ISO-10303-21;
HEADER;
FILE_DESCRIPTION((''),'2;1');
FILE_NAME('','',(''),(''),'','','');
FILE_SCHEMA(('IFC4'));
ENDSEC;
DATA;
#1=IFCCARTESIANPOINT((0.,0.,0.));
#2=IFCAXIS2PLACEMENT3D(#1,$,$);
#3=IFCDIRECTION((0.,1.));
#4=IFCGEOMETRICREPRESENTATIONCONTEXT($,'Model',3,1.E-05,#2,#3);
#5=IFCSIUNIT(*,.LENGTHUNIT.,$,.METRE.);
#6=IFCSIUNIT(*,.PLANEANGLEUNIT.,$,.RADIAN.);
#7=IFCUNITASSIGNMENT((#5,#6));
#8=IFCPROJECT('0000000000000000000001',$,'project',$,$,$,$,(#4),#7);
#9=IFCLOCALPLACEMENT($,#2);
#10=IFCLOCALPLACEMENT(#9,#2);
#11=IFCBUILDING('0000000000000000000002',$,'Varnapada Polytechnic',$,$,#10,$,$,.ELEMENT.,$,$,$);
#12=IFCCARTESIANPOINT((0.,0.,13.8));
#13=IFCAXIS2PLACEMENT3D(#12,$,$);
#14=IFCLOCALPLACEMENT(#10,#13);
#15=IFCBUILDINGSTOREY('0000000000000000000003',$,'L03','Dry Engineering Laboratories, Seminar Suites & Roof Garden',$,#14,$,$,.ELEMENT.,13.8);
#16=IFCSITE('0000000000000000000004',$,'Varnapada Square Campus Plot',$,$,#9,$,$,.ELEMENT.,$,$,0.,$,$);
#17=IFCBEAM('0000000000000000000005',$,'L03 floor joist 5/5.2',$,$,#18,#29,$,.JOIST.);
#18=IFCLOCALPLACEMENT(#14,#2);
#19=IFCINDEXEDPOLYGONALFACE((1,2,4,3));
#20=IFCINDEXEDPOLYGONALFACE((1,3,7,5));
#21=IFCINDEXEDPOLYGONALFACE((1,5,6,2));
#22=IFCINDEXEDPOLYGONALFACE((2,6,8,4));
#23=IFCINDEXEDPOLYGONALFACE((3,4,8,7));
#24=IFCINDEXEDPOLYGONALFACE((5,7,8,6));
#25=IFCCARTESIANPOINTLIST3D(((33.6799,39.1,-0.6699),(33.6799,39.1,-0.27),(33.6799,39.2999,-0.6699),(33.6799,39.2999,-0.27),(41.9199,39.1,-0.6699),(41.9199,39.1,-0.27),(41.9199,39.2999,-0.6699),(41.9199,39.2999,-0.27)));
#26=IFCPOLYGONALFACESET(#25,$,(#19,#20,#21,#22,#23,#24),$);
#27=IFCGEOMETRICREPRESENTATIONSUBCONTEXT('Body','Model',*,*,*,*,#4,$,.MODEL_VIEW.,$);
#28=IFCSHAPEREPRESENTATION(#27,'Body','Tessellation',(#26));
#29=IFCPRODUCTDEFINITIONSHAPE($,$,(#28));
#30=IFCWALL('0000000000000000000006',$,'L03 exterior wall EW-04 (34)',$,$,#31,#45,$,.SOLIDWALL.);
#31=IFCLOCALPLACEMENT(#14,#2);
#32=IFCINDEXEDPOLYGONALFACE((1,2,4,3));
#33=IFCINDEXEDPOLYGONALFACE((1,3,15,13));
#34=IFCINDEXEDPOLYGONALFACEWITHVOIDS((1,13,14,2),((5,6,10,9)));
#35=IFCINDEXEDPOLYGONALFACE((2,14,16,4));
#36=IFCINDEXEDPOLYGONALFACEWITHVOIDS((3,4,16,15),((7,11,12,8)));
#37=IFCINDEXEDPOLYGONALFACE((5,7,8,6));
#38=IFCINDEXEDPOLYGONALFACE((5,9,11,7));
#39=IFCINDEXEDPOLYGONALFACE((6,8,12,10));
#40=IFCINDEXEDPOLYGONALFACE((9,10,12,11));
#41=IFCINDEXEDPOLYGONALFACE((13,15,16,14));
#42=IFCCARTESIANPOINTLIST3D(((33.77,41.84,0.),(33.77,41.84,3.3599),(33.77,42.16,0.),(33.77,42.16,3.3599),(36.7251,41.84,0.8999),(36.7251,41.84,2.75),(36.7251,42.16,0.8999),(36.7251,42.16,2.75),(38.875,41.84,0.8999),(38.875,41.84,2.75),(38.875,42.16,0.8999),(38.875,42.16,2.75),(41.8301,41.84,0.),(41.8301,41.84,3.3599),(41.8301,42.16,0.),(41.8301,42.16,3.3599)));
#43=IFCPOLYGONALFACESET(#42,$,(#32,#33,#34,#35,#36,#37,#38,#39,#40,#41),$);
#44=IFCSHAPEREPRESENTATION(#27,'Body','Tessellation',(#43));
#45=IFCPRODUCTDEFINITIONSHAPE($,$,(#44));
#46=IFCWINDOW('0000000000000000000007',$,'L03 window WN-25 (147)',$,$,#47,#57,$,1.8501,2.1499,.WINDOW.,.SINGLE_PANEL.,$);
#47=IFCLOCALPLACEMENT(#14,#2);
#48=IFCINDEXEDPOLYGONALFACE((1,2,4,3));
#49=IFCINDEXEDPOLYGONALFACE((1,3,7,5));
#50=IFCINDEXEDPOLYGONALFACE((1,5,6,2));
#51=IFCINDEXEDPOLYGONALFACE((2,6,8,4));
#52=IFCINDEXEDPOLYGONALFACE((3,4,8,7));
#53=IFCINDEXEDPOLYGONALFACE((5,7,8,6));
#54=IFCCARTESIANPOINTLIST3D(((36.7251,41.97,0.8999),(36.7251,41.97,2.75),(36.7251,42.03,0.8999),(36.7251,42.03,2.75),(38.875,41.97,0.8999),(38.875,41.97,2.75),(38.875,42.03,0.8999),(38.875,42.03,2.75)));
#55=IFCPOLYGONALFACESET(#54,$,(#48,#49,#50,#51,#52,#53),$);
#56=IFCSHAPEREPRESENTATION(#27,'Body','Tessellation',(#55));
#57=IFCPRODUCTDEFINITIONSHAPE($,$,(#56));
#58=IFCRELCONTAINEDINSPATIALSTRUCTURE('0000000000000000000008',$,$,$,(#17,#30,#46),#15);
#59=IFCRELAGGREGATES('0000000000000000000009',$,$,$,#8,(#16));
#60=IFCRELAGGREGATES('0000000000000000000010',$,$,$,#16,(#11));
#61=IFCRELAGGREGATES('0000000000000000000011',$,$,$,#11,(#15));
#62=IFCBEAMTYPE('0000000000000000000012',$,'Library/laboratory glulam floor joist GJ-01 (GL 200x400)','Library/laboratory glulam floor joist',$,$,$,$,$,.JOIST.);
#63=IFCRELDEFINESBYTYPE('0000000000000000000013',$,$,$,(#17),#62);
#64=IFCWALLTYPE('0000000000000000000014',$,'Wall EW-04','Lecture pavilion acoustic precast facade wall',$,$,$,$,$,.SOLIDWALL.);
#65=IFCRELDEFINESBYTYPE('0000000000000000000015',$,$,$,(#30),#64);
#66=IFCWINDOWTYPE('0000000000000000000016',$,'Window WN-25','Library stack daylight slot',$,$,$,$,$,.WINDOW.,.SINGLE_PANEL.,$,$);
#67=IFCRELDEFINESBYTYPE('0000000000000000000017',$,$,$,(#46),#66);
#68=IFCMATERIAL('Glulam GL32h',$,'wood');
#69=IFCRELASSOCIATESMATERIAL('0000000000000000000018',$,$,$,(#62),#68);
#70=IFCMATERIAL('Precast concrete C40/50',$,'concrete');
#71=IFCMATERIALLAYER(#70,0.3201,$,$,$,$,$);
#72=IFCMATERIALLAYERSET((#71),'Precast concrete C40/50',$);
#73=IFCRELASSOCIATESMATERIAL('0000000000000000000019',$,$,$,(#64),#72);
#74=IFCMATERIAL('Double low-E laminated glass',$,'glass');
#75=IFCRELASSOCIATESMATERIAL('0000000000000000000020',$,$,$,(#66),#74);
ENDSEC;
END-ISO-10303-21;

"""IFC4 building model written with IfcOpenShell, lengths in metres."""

from ifc_helpers import new_model, si_unit, direction, frame, frame_2d, origin, origin_2d, place, context, subcontext, project, spatial, rectangle, extrude, material, layer, layer_set, material_profile, profile_set, type_object, element, fill, save


model = new_model("IFC4")

# Units and contexts
model_context = context("Model", 3, precision=1e-05, world=origin(), true_north=direction((0.0, 1.0)))
body_context = subcontext(model_context, "Body", "Model", "MODEL_VIEW")
ifc_project = project(units=[si_unit("LENGTHUNIT", "METRE"), si_unit("PLANEANGLEUNIT", "RADIAN")], contexts=[model_context])

# Site, building, storey
site_placement = place(None, origin())
site = spatial("IfcSite", under=ifc_project, at=site_placement, Name="Varnapada Square Campus Plot", CompositionType="ELEMENT", RefElevation=0.0)
building_placement = place(site_placement, origin())
building = spatial("IfcBuilding", under=site, at=building_placement, Name="Varnapada Polytechnic", CompositionType="ELEMENT")
storey_placement = place(building_placement, frame((0.0, 0.0, 13.8)))
storey = spatial("IfcBuildingStorey", under=building, at=storey_placement, Name="L03", Description="Dry Engineering Laboratories, Seminar Suites & Roof Garden", CompositionType="ELEMENT", Elevation=13.8)

# Beam
ifc_material_1 = material(Name="Glulam GL32h", Category="wood")
ifc_material_profile = material_profile(ifc_material_1, rectangle(XDim=0.2, YDim=0.3999, at=origin_2d()), Name="GL 200x400")
ifc_profile_set = profile_set([ifc_material_profile], Name="Glulam GL32h")
beam_type = type_object("IfcBeamType", Name="Library/laboratory glulam floor joist GJ-01 (GL 200x400)", Description="Library/laboratory glulam floor joist", PredefinedType="JOIST", material=ifc_profile_set)
beam_placement = place(storey_placement, frame((33.6799, 39.2, -0.47), z_axis=(1.0, 0.0, 0.0), x_axis=(0.0, 1.0, 0.0)))
element("IfcBeam", 1, at=beam_placement, inside=storey, type_object=beam_type, Name="L03 floor joist 5/5.2", PredefinedType="JOIST", context=body_context, shape_type="SweptSolid", body=[
    extrude(rectangle(XDim=0.2, YDim=0.3999, at=origin_2d()), origin(), (0.0, 0.0, 1.0), 8.24),
])

# Wall, opening, window
ifc_material_2 = material(Name="Precast concrete C40/50", Category="concrete")
ifc_layer_1 = layer(ifc_material_2, 0.3201)
ifc_layer_set_1 = layer_set([ifc_layer_1], Name="Precast concrete C40/50")
wall_type = type_object("IfcWallType", Name="Wall EW-04", Description="Lecture pavilion acoustic precast facade wall", PredefinedType="SOLIDWALL", material=ifc_layer_set_1)
wall_placement = place(storey_placement, frame((33.77, 42.0, 0.0), z_axis=(0.0, 0.0, 1.0), x_axis=(1.0, 0.0, 0.0)))
wall = element("IfcWall", 2, at=wall_placement, inside=storey, type_object=wall_type, Name="L03 exterior wall EW-04 (34)", PredefinedType="SOLIDWALL", context=body_context, shape_type="SweptSolid", body=[
    extrude(rectangle(XDim=8.0601, YDim=0.3201, at=frame_2d((4.03, 0.0))), origin(), (0.0, 0.0, 1.0), 3.3599),
])
opening_1_placement = place(wall_placement, frame((2.9551, 0.0, 0.8999)))
opening_1 = element("IfcOpeningElement", 3, at=opening_1_placement, cuts=wall, PredefinedType="OPENING", context=body_context, shape_type="SweptSolid", body=[
    extrude(rectangle(XDim=2.1499, YDim=1.8501, at=frame_2d((1.075, 0.925))), frame((0.0, 0.1699, 0.0), z_axis=(0.0, -1.0, 0.0), x_axis=(1.0, 0.0, 0.0)), (0.0, 0.0, 1.0), 0.3401),
])
ifc_material_3 = material(Name="Double low-E laminated glass", Category="glass")
window_type = type_object("IfcWindowType", Name="Window WN-25", Description="Library stack daylight slot", PartitioningType="SINGLE_PANEL", PredefinedType="WINDOW", material=ifc_material_3)
window_placement = place(opening_1_placement, origin())
window = element("IfcWindow", 4, at=window_placement, inside=storey, type_object=window_type, Name="L03 window WN-25 (147)", OverallHeight=1.8501, OverallWidth=2.1499, PartitioningType="SINGLE_PANEL", PredefinedType="WINDOW", context=body_context, shape_type="SweptSolid", body=[
    extrude(rectangle(XDim=2.1499, YDim=1.8501, at=frame_2d((1.075, 0.925))), frame((0.0, 0.03, 0.0), z_axis=(0.0, -1.0, 0.0), x_axis=(1.0, 0.0, 0.0)), (0.0, 0.0, 1.0), 0.0601),
])
fill(opening_1, window)

save(model, "model.ifc")
